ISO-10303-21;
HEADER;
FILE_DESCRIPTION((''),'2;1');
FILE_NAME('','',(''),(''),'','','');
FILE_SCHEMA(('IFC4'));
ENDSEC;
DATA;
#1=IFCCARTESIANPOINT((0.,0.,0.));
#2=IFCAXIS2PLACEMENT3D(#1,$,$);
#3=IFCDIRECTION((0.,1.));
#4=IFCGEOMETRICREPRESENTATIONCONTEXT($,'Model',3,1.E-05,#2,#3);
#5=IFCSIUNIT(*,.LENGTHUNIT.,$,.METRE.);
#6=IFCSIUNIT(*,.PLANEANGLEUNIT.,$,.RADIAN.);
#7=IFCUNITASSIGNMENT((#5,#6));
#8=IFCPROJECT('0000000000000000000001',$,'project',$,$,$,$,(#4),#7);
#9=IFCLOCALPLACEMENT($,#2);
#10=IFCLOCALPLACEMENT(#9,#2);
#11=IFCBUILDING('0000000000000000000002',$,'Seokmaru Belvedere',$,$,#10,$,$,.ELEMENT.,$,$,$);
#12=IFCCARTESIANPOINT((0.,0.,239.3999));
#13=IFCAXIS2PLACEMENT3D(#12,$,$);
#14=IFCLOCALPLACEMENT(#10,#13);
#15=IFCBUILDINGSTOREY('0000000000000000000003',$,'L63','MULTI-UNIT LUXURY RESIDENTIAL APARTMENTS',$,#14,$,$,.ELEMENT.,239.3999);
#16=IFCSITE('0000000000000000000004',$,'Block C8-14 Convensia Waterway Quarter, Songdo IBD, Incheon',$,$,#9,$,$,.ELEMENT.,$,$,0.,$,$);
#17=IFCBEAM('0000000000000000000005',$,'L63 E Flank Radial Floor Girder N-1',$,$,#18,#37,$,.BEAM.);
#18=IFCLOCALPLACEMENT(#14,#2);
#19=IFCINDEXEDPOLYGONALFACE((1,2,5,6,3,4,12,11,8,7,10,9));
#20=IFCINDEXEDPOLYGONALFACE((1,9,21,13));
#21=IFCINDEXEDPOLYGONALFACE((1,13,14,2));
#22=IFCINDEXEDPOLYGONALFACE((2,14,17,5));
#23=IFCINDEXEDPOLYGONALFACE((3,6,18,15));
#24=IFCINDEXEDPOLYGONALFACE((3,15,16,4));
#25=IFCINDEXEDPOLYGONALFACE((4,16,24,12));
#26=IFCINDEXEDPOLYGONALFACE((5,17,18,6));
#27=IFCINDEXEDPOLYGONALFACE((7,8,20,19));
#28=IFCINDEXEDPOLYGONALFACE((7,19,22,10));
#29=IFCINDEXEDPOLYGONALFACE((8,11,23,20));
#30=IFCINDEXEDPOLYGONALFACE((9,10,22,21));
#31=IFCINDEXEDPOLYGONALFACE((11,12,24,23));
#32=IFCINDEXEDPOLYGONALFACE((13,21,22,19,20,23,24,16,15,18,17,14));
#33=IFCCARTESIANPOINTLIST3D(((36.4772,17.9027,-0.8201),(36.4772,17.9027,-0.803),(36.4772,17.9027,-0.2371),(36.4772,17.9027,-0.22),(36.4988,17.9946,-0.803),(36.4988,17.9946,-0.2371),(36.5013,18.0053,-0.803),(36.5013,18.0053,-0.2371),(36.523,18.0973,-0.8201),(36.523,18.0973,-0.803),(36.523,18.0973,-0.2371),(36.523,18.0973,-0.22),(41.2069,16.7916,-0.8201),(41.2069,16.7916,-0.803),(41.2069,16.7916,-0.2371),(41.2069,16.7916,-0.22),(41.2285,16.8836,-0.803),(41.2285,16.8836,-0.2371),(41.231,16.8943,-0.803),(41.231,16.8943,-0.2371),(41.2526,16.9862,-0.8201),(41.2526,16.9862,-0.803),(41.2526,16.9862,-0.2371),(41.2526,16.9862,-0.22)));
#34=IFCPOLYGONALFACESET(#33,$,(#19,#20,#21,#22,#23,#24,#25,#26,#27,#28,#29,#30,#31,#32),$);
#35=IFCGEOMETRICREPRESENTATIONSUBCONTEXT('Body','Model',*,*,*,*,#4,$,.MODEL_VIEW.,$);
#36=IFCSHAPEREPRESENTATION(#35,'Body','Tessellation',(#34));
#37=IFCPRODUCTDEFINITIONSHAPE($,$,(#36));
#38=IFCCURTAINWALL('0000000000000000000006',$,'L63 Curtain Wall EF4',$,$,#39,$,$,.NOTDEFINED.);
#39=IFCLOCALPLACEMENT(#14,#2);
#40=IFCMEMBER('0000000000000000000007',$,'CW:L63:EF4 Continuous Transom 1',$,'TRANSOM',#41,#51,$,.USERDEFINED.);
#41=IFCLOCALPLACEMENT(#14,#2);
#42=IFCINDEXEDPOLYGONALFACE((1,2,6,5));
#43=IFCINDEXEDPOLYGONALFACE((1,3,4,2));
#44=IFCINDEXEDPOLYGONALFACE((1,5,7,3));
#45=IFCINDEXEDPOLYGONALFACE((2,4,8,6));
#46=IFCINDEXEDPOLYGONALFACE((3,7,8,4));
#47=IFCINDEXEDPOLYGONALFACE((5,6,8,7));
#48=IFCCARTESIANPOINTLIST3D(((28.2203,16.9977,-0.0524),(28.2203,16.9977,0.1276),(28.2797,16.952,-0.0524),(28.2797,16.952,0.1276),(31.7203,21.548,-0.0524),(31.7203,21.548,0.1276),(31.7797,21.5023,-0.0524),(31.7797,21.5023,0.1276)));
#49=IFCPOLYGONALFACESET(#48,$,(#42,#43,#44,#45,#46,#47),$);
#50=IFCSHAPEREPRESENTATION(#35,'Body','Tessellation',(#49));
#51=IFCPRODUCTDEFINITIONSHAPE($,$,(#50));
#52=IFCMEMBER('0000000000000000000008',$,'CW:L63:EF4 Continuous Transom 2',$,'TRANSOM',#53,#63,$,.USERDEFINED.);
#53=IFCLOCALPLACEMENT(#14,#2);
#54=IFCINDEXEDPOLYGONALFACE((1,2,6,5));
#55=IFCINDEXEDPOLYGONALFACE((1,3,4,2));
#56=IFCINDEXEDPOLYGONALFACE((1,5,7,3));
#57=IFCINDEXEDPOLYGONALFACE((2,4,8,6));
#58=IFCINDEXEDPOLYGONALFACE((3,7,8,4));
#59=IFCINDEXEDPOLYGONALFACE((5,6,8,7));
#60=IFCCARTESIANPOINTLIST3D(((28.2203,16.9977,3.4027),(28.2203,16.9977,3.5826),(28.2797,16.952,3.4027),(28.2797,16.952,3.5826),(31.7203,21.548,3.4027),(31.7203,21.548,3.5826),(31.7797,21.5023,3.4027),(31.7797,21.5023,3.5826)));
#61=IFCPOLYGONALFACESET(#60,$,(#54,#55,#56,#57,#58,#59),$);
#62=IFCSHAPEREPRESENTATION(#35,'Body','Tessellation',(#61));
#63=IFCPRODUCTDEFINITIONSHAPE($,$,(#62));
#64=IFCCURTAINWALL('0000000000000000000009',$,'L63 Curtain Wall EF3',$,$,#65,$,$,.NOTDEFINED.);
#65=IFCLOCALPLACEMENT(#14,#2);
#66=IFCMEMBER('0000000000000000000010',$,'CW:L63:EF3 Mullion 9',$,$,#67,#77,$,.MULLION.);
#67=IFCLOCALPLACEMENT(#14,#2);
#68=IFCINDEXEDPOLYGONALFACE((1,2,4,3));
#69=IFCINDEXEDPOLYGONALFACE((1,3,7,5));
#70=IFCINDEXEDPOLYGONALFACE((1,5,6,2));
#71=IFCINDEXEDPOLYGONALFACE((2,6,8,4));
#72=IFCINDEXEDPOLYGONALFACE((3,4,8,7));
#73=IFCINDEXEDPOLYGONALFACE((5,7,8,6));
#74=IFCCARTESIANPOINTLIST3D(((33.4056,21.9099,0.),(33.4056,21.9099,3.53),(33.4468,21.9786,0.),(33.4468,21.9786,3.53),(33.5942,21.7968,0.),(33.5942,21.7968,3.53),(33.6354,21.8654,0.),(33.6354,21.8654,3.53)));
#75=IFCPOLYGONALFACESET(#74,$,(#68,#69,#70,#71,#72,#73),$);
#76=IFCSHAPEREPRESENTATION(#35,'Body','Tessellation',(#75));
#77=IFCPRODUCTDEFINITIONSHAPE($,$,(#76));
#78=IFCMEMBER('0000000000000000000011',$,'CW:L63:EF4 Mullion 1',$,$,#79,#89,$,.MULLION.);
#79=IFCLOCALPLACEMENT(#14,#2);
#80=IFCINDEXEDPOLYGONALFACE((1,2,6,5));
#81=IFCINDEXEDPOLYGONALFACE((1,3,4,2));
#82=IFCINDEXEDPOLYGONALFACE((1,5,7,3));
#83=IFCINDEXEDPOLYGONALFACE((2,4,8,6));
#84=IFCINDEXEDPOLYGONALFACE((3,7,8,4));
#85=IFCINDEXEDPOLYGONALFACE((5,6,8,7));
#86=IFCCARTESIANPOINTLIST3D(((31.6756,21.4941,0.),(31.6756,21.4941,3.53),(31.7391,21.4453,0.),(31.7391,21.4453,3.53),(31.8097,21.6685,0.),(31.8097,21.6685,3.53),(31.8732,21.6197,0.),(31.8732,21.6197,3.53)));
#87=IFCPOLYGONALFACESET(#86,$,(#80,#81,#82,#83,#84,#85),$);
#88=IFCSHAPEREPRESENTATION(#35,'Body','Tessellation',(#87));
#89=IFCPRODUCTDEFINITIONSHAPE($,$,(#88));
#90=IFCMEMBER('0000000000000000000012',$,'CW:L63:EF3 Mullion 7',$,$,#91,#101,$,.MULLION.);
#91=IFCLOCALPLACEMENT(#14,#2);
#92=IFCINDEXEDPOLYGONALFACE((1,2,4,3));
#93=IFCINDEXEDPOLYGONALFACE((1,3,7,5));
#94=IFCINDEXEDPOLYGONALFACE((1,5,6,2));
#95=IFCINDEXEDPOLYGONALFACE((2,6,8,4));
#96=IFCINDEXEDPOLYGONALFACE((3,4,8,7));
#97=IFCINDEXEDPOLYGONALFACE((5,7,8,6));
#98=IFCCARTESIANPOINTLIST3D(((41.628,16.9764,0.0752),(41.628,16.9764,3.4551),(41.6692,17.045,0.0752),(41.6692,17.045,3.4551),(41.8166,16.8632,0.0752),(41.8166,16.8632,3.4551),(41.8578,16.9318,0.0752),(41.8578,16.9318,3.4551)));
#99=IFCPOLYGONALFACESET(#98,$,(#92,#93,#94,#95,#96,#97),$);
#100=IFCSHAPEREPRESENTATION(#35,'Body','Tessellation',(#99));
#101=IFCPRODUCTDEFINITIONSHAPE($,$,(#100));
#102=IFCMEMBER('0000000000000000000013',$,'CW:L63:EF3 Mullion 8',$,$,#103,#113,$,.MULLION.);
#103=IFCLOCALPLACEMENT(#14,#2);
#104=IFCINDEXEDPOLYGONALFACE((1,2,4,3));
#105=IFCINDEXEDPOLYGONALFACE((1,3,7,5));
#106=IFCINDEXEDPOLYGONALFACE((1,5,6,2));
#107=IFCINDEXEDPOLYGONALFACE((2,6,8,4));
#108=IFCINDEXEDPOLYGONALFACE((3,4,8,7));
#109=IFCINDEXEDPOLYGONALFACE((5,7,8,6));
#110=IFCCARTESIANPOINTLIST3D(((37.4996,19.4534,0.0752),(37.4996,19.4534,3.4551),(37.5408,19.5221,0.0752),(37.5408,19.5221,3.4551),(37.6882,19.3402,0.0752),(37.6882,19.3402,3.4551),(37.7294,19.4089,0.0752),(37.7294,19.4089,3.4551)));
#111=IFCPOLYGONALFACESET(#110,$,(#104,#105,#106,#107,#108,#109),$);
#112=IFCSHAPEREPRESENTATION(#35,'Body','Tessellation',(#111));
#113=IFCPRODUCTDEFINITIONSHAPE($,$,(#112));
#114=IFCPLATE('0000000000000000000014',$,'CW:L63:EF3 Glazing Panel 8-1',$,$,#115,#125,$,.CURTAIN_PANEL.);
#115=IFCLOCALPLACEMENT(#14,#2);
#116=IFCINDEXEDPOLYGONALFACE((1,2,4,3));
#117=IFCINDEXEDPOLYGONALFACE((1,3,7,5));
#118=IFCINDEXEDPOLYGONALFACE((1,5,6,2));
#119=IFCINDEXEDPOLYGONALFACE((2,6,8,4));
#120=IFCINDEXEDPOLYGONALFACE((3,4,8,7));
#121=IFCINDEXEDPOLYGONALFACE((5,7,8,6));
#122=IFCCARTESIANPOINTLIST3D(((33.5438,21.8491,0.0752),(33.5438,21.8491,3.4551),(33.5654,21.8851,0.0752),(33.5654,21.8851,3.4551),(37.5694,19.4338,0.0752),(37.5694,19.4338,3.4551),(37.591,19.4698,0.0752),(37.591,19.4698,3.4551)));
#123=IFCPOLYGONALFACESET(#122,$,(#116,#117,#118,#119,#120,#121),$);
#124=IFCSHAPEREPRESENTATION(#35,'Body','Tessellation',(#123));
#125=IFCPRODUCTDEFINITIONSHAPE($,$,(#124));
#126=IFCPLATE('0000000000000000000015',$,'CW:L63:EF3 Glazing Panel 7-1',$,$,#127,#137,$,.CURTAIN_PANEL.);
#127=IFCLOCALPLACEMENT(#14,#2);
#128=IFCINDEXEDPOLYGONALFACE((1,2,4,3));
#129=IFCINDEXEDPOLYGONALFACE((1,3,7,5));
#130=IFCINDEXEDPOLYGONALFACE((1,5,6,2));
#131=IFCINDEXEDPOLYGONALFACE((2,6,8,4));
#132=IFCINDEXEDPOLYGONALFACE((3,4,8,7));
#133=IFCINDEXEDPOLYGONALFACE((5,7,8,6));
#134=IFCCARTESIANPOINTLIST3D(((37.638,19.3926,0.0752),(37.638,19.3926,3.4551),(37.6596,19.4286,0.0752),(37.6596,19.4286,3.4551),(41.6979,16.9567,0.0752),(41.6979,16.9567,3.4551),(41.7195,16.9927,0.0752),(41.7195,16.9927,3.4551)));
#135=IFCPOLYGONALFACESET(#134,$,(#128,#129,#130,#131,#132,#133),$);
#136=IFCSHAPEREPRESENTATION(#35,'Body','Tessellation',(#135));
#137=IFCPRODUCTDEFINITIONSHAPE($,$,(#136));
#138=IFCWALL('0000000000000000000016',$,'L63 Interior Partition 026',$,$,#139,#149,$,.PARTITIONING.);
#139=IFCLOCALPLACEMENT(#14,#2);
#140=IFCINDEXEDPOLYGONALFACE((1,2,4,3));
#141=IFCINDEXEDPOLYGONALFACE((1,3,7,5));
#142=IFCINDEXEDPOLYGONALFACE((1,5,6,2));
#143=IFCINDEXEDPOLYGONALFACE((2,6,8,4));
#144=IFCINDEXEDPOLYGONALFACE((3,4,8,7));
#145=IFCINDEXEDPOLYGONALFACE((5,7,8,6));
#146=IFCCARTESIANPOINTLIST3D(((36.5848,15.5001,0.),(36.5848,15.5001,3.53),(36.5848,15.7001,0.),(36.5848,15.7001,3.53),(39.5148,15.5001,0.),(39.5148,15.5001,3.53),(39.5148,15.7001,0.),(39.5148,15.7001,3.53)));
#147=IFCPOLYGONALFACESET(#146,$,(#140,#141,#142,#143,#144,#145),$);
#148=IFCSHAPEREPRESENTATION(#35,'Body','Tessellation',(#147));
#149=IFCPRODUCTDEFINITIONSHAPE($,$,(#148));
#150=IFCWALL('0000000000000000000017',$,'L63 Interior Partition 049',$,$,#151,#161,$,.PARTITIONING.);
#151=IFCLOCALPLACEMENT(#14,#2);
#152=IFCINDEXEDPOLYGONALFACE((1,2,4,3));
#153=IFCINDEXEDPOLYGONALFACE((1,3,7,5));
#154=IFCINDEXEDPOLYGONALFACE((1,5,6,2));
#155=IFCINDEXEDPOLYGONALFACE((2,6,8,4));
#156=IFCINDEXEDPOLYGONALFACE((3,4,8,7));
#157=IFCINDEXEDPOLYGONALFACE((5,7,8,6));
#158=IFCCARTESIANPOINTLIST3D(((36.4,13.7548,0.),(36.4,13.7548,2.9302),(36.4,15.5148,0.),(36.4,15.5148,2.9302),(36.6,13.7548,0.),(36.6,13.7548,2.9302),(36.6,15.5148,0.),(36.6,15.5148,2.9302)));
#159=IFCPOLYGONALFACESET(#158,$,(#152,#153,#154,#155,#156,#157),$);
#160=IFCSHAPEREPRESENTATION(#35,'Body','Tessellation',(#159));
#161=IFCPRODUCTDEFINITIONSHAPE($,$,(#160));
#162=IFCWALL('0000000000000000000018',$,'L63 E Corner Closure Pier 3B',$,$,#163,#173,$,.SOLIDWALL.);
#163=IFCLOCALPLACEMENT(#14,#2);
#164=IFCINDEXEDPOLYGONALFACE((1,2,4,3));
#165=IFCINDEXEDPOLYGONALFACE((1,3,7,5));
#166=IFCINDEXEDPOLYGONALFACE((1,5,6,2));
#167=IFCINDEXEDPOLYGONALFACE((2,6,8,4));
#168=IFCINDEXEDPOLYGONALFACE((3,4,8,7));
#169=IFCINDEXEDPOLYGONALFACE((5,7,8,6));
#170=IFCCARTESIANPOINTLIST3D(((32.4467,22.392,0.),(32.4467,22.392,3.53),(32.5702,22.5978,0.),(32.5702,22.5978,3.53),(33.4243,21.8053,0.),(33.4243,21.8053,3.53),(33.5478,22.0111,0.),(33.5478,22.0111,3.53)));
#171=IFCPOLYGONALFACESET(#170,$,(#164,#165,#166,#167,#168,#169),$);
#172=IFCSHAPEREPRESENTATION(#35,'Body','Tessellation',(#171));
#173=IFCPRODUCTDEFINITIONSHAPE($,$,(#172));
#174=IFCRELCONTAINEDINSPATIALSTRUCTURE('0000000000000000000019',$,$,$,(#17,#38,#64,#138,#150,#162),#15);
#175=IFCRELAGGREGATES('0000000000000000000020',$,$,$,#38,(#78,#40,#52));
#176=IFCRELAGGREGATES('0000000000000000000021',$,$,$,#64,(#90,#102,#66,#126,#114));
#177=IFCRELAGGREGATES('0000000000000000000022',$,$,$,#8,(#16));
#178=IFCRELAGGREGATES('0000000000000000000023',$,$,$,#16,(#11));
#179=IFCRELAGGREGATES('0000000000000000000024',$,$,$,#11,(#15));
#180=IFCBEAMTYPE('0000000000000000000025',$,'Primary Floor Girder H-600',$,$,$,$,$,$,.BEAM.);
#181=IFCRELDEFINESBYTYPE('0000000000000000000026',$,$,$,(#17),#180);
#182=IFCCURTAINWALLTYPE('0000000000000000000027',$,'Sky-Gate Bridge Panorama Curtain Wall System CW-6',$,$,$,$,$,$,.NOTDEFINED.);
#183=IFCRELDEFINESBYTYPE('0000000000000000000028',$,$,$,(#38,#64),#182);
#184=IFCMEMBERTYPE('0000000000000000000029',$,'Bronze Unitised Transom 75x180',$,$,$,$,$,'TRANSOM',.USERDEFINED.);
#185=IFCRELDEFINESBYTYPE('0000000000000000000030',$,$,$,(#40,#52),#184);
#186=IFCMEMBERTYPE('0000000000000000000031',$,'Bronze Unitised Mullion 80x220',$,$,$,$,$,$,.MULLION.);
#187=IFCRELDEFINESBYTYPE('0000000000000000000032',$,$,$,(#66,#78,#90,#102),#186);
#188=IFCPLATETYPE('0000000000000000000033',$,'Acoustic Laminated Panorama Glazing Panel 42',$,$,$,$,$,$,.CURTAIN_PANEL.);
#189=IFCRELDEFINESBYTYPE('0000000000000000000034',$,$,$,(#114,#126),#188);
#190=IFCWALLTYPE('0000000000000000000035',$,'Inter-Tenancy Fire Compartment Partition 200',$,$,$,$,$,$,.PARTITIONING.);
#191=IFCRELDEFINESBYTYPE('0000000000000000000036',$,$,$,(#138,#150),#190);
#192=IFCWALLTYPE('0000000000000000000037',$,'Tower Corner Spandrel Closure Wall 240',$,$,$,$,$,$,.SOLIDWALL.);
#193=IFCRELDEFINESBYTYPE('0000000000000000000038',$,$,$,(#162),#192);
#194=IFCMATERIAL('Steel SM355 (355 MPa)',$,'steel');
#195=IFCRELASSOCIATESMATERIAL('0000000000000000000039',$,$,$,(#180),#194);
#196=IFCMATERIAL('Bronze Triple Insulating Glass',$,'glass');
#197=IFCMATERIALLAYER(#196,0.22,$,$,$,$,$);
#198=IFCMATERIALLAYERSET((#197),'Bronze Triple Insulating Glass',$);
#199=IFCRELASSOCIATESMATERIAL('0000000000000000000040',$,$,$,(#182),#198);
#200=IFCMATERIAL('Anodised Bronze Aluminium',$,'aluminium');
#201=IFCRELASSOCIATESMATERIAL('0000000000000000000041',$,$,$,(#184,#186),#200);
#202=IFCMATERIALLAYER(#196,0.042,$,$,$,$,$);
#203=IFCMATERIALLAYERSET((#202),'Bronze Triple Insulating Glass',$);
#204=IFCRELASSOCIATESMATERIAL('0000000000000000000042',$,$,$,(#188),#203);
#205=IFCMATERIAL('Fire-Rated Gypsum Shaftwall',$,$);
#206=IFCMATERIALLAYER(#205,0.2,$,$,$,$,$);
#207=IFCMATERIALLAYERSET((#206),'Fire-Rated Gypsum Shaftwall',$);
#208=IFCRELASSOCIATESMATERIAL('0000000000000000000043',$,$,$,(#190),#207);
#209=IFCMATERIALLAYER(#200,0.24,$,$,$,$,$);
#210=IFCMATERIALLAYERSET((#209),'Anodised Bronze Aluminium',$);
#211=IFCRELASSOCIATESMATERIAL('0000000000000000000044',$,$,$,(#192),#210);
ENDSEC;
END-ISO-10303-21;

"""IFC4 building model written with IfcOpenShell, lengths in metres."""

from ifc_helpers import new_model, si_unit, direction, frame, frame_2d, origin, origin_2d, place, context, subcontext, project, spatial, rectangle, i_section, extrude, source, transform, mapped, material, layer, layer_set, material_profile, profile_set, type_object, type_shapes, element, aggregate, save


model = new_model("IFC4")

# Units and contexts
model_context = context("Model", 3, precision=1e-05, world=origin(), true_north=direction((0.0, 1.0)))
body_context = subcontext(model_context, "Body", "Model", "MODEL_VIEW")
ifc_project = project(units=[si_unit("LENGTHUNIT", "METRE"), si_unit("PLANEANGLEUNIT", "RADIAN")], contexts=[model_context])

# Site, building, storey
site_placement = place(None, origin())
site = spatial("IfcSite", under=ifc_project, at=site_placement, Name="Block C8-14 Convensia Waterway Quarter, Songdo IBD, Incheon", CompositionType="ELEMENT", RefElevation=0.0)
building_placement = place(site_placement, origin())
building = spatial("IfcBuilding", under=site, at=building_placement, Name="Seokmaru Belvedere", CompositionType="ELEMENT")
storey_placement = place(building_placement, frame((0.0, 0.0, 239.3999)))
storey = spatial("IfcBuildingStorey", under=building, at=storey_placement, Name="L63", Description="MULTI-UNIT LUXURY RESIDENTIAL APARTMENTS", CompositionType="ELEMENT", Elevation=239.3999)

# Shared definitions
ifc_material_1 = material(Name="Steel SM355 (355 MPa)", Category="steel")

# Beam
ifc_material_profile_1 = material_profile(ifc_material_1, i_section(OverallWidth=0.2, OverallDepth=0.6001, WebThickness=0.011, FlangeThickness=0.0171, at=origin_2d()), Name="H-600x200x11x17")
ifc_profile_set_1 = profile_set([ifc_material_profile_1], Name="Steel SM355 (355 MPa)")
beam_type_1 = type_object("IfcBeamType", Name="Primary Floor Girder H-600", PredefinedType="BEAM", material=ifc_profile_set_1)
shared_shape_1 = source(origin(), body_context, "Body", "SweptSolid", [
    extrude(i_section(OverallWidth=0.2, OverallDepth=0.6001, WebThickness=0.011, FlangeThickness=0.0171, at=origin_2d()), origin(), (0.0, 0.0, 1.0), 4.8584),
])
beam_1_placement = place(storey_placement, frame((41.2297, 16.8889, -0.52), z_axis=(-0.973499, 0.228689, 0.0), x_axis=(-0.228689, -0.973499, 0.0)))
element("IfcBeam", 1, at=beam_1_placement, inside=storey, type_object=beam_type_1, Name="L63 E Flank Radial Floor Girder N-1", PredefinedType="BEAM", context=body_context, shape_type="MappedRepresentation", body=[
    mapped(shared_shape_1, transform((0.0, 0.0, 0.0), scale=1.0)),
])

# Curtain wall, members
ifc_material_2 = material(Name="Bronze Triple Insulating Glass", Category="glass")
ifc_layer_1 = layer(ifc_material_2, 0.22)
ifc_layer_set_1 = layer_set([ifc_layer_1], Name="Bronze Triple Insulating Glass")
curtain_wall_type = type_object("IfcCurtainWallType", Name="Sky-Gate Bridge Panorama Curtain Wall System CW-6", PredefinedType="NOTDEFINED", material=ifc_layer_set_1)
curtain_wall_1_placement = place(storey_placement, origin())
curtain_wall_1 = element("IfcCurtainWall", 2, at=curtain_wall_1_placement, inside=storey, type_object=curtain_wall_type, Name="L63 Curtain Wall EF4", PredefinedType="NOTDEFINED")
ifc_material_3 = material(Name="Anodised Bronze Aluminium", Category="aluminium")
ifc_material_profile_2 = material_profile(ifc_material_3, rectangle(XDim=0.075, YDim=0.1799, at=origin_2d()), Name="CW-T-75x180")
ifc_profile_set_2 = profile_set([ifc_material_profile_2], Name="Anodised Bronze Aluminium")
member_type_1 = type_object("IfcMemberType", Name="Bronze Unitised Transom 75x180", ElementType="TRANSOM", PredefinedType="USERDEFINED", material=ifc_profile_set_2)
shared_shape_2 = source(origin(), body_context, "Body", "SweptSolid", [
    extrude(rectangle(XDim=0.075, YDim=0.1799, at=origin_2d()), origin(), (0.0, 0.0, 1.0), 5.7407),
])
type_shapes(member_type_1, [shared_shape_2])
member_1_placement = place(storey_placement, frame((31.75, 21.5251, 0.0376), z_axis=(-0.609686, -0.792643, 0.0), x_axis=(0.792643, -0.609686, 0.0)))
member_1 = element("IfcMember", 3, at=member_1_placement, type_object=member_type_1, Name="CW:L63:EF4 Continuous Transom 1", ObjectType="TRANSOM", PredefinedType="USERDEFINED", context=body_context, shape_type="MappedRepresentation", body=[
    mapped(shared_shape_2, transform((0.0, 0.0, 0.0), scale=1.0)),
])
member_2_placement = place(storey_placement, frame((31.75, 21.5251, 3.4927), z_axis=(-0.609686, -0.792643, 0.0), x_axis=(0.792643, -0.609686, 0.0)))
member_2 = element("IfcMember", 4, at=member_2_placement, type_object=member_type_1, Name="CW:L63:EF4 Continuous Transom 2", ObjectType="TRANSOM", PredefinedType="USERDEFINED", context=body_context, shape_type="MappedRepresentation", body=[
    mapped(shared_shape_2, transform((0.0, 0.0, 0.0), scale=1.0)),
])

# Curtain wall, member
curtain_wall_2_placement = place(storey_placement, origin())
curtain_wall_2 = element("IfcCurtainWall", 5, at=curtain_wall_2_placement, inside=storey, type_object=curtain_wall_type, Name="L63 Curtain Wall EF3", PredefinedType="NOTDEFINED")
ifc_material_profile_3 = material_profile(ifc_material_3, rectangle(XDim=0.0801, YDim=0.22, at=origin_2d()), Name="CW-M-80x220")
ifc_profile_set_3 = profile_set([ifc_material_profile_3], Name="Anodised Bronze Aluminium")
member_type_2 = type_object("IfcMemberType", Name="Bronze Unitised Mullion 80x220", PredefinedType="MULLION", material=ifc_profile_set_3)
shared_shape_3 = source(origin(), body_context, "Body", "SweptSolid", [
    extrude(rectangle(XDim=0.0801, YDim=0.22, at=origin_2d()), origin(), (0.0, 0.0, 1.0), 3.53),
])
member_3_placement = place(storey_placement, frame((33.5205, 21.8877, 0.0), z_axis=(0.0, 0.0, 1.0), x_axis=(-0.514495, -0.857493, 0.0)))
member_3 = element("IfcMember", 6, at=member_3_placement, type_object=member_type_2, Name="CW:L63:EF3 Mullion 9", PredefinedType="MULLION", context=body_context, shape_type="MappedRepresentation", body=[
    mapped(shared_shape_3, transform((0.0, 0.0, 0.0), scale=1.0)),
])

# Members
member_4_placement = place(storey_placement, frame((31.7744, 21.5569, 0.0), z_axis=(0.0, 0.0, 1.0), x_axis=(0.792631, -0.609701, 0.0)))
member_4 = element("IfcMember", 7, at=member_4_placement, type_object=member_type_2, Name="CW:L63:EF4 Mullion 1", PredefinedType="MULLION", context=body_context, shape_type="MappedRepresentation", body=[
    mapped(shared_shape_3, transform((0.0, 0.0, 0.0), scale=1.0)),
])
aggregate(curtain_wall_1, [member_4, member_1, member_2])
shared_shape_4 = source(origin(), body_context, "Body", "SweptSolid", [
    extrude(rectangle(XDim=0.0801, YDim=0.22, at=origin_2d()), origin(), (0.0, 0.0, 1.0), 3.3799),
])
type_shapes(member_type_2, [shared_shape_3, shared_shape_4])
member_5_placement = place(storey_placement, frame((41.7429, 16.9541, 0.0752), z_axis=(0.0, 0.0, 1.0), x_axis=(-0.514495, -0.857493, 0.0)))
member_5 = element("IfcMember", 8, at=member_5_placement, type_object=member_type_2, Name="CW:L63:EF3 Mullion 7", PredefinedType="MULLION", context=body_context, shape_type="MappedRepresentation", body=[
    mapped(shared_shape_4, transform((0.0, 0.0, 0.0), scale=1.0)),
])
member_6_placement = place(storey_placement, frame((37.6145, 19.4312, 0.0752), z_axis=(0.0, 0.0, 1.0), x_axis=(-0.514495, -0.857493, 0.0)))
member_6 = element("IfcMember", 9, at=member_6_placement, type_object=member_type_2, Name="CW:L63:EF3 Mullion 8", PredefinedType="MULLION", context=body_context, shape_type="MappedRepresentation", body=[
    mapped(shared_shape_4, transform((0.0, 0.0, 0.0), scale=1.0)),
])

# Plates
ifc_layer_2 = layer(ifc_material_2, 0.042)
ifc_layer_set_2 = layer_set([ifc_layer_2], Name="Bronze Triple Insulating Glass")
plate_type = type_object("IfcPlateType", Name="Acoustic Laminated Panorama Glazing Panel 42", PredefinedType="CURTAIN_PANEL", material=ifc_layer_set_2)
shared_shape_5 = source(origin(), body_context, "Body", "SweptSolid", [
    extrude(rectangle(XDim=4.6946, YDim=0.042, at=origin_2d()), origin(), (0.0, 0.0, 1.0), 3.3799),
])
plate_1_placement = place(storey_placement, frame((35.5674, 20.6594, 0.0752), z_axis=(0.0, 0.0, 1.0), x_axis=(-0.857493, 0.514495, 0.0)))
plate_1 = element("IfcPlate", 10, at=plate_1_placement, type_object=plate_type, Name="CW:L63:EF3 Glazing Panel 8-1", PredefinedType="CURTAIN_PANEL", context=body_context, shape_type="MappedRepresentation", body=[
    mapped(shared_shape_5, transform((0.0, 0.0, 0.0), scale=1.0)),
])
shared_shape_6 = source(origin(), body_context, "Body", "SweptSolid", [
    extrude(rectangle(XDim=4.7346, YDim=0.042, at=origin_2d()), origin(), (0.0, 0.0, 1.0), 3.3799),
])
type_shapes(plate_type, [shared_shape_5, shared_shape_6])
plate_2_placement = place(storey_placement, frame((39.6787, 18.1926, 0.0752), z_axis=(0.0, 0.0, 1.0), x_axis=(-0.857493, 0.514495, 0.0)))
plate_2 = element("IfcPlate", 11, at=plate_2_placement, type_object=plate_type, Name="CW:L63:EF3 Glazing Panel 7-1", PredefinedType="CURTAIN_PANEL", context=body_context, shape_type="MappedRepresentation", body=[
    mapped(shared_shape_6, transform((0.0, 0.0, 0.0), scale=1.0)),
])
aggregate(curtain_wall_2, [member_5, member_6, member_3, plate_2, plate_1])

# Walls
ifc_material_4 = material(Name="Fire-Rated Gypsum Shaftwall")
ifc_layer_3 = layer(ifc_material_4, 0.2)
ifc_layer_set_3 = layer_set([ifc_layer_3], Name="Fire-Rated Gypsum Shaftwall")
wall_type_1 = type_object("IfcWallType", Name="Inter-Tenancy Fire Compartment Partition 200", PredefinedType="PARTITIONING", material=ifc_layer_set_3)
wall_1_placement = place(storey_placement, frame((36.585, 15.6001, 0.0), z_axis=(0.0, 0.0, 1.0), x_axis=(1.0, 0.0, 0.0)))
element("IfcWall", 12, at=wall_1_placement, inside=storey, type_object=wall_type_1, Name="L63 Interior Partition 026", PredefinedType="PARTITIONING", context=body_context, shape_type="SweptSolid", body=[
    extrude(rectangle(XDim=2.9299, YDim=0.2, at=frame_2d((1.4648, 0.0))), origin(), (0.0, 0.0, 1.0), 3.53),
])
wall_2_placement = place(storey_placement, frame((36.5, 13.7549, 0.0), z_axis=(0.0, 0.0, 1.0), x_axis=(0.0, 1.0, 0.0)))
element("IfcWall", 13, at=wall_2_placement, inside=storey, type_object=wall_type_1, Name="L63 Interior Partition 049", PredefinedType="PARTITIONING", context=body_context, shape_type="SweptSolid", body=[
    extrude(rectangle(XDim=1.76, YDim=0.2, at=frame_2d((0.8799, 0.0))), origin(), (0.0, 0.0, 1.0), 2.9302),
])
ifc_layer_4 = layer(ifc_material_3, 0.24)
ifc_layer_set_4 = layer_set([ifc_layer_4], Name="Anodised Bronze Aluminium")
wall_type_2 = type_object("IfcWallType", Name="Tower Corner Spandrel Closure Wall 240", PredefinedType="SOLIDWALL", material=ifc_layer_set_4)
for number, where, z_axis, x_axis, name in (
    (14, (33.4861, 21.9082, 0.0), (0.0, 0.0, 1.0), (-0.857436, 0.51459, 0.0), "L63 E Corner Closure Pier 3B"),
):
    element("IfcWall", number, at=place(storey_placement, frame(where, z_axis=z_axis, x_axis=x_axis)), inside=storey, type_object=wall_type_2, Name=name, PredefinedType="SOLIDWALL", context=body_context, shape_type="SweptSolid", body=[
        extrude(rectangle(XDim=1.1401, YDim=0.24, at=frame_2d((0.5701, 0.0))), origin(), (0.0, 0.0, 1.0), 3.53),
    ])

save(model, "model.ifc")
